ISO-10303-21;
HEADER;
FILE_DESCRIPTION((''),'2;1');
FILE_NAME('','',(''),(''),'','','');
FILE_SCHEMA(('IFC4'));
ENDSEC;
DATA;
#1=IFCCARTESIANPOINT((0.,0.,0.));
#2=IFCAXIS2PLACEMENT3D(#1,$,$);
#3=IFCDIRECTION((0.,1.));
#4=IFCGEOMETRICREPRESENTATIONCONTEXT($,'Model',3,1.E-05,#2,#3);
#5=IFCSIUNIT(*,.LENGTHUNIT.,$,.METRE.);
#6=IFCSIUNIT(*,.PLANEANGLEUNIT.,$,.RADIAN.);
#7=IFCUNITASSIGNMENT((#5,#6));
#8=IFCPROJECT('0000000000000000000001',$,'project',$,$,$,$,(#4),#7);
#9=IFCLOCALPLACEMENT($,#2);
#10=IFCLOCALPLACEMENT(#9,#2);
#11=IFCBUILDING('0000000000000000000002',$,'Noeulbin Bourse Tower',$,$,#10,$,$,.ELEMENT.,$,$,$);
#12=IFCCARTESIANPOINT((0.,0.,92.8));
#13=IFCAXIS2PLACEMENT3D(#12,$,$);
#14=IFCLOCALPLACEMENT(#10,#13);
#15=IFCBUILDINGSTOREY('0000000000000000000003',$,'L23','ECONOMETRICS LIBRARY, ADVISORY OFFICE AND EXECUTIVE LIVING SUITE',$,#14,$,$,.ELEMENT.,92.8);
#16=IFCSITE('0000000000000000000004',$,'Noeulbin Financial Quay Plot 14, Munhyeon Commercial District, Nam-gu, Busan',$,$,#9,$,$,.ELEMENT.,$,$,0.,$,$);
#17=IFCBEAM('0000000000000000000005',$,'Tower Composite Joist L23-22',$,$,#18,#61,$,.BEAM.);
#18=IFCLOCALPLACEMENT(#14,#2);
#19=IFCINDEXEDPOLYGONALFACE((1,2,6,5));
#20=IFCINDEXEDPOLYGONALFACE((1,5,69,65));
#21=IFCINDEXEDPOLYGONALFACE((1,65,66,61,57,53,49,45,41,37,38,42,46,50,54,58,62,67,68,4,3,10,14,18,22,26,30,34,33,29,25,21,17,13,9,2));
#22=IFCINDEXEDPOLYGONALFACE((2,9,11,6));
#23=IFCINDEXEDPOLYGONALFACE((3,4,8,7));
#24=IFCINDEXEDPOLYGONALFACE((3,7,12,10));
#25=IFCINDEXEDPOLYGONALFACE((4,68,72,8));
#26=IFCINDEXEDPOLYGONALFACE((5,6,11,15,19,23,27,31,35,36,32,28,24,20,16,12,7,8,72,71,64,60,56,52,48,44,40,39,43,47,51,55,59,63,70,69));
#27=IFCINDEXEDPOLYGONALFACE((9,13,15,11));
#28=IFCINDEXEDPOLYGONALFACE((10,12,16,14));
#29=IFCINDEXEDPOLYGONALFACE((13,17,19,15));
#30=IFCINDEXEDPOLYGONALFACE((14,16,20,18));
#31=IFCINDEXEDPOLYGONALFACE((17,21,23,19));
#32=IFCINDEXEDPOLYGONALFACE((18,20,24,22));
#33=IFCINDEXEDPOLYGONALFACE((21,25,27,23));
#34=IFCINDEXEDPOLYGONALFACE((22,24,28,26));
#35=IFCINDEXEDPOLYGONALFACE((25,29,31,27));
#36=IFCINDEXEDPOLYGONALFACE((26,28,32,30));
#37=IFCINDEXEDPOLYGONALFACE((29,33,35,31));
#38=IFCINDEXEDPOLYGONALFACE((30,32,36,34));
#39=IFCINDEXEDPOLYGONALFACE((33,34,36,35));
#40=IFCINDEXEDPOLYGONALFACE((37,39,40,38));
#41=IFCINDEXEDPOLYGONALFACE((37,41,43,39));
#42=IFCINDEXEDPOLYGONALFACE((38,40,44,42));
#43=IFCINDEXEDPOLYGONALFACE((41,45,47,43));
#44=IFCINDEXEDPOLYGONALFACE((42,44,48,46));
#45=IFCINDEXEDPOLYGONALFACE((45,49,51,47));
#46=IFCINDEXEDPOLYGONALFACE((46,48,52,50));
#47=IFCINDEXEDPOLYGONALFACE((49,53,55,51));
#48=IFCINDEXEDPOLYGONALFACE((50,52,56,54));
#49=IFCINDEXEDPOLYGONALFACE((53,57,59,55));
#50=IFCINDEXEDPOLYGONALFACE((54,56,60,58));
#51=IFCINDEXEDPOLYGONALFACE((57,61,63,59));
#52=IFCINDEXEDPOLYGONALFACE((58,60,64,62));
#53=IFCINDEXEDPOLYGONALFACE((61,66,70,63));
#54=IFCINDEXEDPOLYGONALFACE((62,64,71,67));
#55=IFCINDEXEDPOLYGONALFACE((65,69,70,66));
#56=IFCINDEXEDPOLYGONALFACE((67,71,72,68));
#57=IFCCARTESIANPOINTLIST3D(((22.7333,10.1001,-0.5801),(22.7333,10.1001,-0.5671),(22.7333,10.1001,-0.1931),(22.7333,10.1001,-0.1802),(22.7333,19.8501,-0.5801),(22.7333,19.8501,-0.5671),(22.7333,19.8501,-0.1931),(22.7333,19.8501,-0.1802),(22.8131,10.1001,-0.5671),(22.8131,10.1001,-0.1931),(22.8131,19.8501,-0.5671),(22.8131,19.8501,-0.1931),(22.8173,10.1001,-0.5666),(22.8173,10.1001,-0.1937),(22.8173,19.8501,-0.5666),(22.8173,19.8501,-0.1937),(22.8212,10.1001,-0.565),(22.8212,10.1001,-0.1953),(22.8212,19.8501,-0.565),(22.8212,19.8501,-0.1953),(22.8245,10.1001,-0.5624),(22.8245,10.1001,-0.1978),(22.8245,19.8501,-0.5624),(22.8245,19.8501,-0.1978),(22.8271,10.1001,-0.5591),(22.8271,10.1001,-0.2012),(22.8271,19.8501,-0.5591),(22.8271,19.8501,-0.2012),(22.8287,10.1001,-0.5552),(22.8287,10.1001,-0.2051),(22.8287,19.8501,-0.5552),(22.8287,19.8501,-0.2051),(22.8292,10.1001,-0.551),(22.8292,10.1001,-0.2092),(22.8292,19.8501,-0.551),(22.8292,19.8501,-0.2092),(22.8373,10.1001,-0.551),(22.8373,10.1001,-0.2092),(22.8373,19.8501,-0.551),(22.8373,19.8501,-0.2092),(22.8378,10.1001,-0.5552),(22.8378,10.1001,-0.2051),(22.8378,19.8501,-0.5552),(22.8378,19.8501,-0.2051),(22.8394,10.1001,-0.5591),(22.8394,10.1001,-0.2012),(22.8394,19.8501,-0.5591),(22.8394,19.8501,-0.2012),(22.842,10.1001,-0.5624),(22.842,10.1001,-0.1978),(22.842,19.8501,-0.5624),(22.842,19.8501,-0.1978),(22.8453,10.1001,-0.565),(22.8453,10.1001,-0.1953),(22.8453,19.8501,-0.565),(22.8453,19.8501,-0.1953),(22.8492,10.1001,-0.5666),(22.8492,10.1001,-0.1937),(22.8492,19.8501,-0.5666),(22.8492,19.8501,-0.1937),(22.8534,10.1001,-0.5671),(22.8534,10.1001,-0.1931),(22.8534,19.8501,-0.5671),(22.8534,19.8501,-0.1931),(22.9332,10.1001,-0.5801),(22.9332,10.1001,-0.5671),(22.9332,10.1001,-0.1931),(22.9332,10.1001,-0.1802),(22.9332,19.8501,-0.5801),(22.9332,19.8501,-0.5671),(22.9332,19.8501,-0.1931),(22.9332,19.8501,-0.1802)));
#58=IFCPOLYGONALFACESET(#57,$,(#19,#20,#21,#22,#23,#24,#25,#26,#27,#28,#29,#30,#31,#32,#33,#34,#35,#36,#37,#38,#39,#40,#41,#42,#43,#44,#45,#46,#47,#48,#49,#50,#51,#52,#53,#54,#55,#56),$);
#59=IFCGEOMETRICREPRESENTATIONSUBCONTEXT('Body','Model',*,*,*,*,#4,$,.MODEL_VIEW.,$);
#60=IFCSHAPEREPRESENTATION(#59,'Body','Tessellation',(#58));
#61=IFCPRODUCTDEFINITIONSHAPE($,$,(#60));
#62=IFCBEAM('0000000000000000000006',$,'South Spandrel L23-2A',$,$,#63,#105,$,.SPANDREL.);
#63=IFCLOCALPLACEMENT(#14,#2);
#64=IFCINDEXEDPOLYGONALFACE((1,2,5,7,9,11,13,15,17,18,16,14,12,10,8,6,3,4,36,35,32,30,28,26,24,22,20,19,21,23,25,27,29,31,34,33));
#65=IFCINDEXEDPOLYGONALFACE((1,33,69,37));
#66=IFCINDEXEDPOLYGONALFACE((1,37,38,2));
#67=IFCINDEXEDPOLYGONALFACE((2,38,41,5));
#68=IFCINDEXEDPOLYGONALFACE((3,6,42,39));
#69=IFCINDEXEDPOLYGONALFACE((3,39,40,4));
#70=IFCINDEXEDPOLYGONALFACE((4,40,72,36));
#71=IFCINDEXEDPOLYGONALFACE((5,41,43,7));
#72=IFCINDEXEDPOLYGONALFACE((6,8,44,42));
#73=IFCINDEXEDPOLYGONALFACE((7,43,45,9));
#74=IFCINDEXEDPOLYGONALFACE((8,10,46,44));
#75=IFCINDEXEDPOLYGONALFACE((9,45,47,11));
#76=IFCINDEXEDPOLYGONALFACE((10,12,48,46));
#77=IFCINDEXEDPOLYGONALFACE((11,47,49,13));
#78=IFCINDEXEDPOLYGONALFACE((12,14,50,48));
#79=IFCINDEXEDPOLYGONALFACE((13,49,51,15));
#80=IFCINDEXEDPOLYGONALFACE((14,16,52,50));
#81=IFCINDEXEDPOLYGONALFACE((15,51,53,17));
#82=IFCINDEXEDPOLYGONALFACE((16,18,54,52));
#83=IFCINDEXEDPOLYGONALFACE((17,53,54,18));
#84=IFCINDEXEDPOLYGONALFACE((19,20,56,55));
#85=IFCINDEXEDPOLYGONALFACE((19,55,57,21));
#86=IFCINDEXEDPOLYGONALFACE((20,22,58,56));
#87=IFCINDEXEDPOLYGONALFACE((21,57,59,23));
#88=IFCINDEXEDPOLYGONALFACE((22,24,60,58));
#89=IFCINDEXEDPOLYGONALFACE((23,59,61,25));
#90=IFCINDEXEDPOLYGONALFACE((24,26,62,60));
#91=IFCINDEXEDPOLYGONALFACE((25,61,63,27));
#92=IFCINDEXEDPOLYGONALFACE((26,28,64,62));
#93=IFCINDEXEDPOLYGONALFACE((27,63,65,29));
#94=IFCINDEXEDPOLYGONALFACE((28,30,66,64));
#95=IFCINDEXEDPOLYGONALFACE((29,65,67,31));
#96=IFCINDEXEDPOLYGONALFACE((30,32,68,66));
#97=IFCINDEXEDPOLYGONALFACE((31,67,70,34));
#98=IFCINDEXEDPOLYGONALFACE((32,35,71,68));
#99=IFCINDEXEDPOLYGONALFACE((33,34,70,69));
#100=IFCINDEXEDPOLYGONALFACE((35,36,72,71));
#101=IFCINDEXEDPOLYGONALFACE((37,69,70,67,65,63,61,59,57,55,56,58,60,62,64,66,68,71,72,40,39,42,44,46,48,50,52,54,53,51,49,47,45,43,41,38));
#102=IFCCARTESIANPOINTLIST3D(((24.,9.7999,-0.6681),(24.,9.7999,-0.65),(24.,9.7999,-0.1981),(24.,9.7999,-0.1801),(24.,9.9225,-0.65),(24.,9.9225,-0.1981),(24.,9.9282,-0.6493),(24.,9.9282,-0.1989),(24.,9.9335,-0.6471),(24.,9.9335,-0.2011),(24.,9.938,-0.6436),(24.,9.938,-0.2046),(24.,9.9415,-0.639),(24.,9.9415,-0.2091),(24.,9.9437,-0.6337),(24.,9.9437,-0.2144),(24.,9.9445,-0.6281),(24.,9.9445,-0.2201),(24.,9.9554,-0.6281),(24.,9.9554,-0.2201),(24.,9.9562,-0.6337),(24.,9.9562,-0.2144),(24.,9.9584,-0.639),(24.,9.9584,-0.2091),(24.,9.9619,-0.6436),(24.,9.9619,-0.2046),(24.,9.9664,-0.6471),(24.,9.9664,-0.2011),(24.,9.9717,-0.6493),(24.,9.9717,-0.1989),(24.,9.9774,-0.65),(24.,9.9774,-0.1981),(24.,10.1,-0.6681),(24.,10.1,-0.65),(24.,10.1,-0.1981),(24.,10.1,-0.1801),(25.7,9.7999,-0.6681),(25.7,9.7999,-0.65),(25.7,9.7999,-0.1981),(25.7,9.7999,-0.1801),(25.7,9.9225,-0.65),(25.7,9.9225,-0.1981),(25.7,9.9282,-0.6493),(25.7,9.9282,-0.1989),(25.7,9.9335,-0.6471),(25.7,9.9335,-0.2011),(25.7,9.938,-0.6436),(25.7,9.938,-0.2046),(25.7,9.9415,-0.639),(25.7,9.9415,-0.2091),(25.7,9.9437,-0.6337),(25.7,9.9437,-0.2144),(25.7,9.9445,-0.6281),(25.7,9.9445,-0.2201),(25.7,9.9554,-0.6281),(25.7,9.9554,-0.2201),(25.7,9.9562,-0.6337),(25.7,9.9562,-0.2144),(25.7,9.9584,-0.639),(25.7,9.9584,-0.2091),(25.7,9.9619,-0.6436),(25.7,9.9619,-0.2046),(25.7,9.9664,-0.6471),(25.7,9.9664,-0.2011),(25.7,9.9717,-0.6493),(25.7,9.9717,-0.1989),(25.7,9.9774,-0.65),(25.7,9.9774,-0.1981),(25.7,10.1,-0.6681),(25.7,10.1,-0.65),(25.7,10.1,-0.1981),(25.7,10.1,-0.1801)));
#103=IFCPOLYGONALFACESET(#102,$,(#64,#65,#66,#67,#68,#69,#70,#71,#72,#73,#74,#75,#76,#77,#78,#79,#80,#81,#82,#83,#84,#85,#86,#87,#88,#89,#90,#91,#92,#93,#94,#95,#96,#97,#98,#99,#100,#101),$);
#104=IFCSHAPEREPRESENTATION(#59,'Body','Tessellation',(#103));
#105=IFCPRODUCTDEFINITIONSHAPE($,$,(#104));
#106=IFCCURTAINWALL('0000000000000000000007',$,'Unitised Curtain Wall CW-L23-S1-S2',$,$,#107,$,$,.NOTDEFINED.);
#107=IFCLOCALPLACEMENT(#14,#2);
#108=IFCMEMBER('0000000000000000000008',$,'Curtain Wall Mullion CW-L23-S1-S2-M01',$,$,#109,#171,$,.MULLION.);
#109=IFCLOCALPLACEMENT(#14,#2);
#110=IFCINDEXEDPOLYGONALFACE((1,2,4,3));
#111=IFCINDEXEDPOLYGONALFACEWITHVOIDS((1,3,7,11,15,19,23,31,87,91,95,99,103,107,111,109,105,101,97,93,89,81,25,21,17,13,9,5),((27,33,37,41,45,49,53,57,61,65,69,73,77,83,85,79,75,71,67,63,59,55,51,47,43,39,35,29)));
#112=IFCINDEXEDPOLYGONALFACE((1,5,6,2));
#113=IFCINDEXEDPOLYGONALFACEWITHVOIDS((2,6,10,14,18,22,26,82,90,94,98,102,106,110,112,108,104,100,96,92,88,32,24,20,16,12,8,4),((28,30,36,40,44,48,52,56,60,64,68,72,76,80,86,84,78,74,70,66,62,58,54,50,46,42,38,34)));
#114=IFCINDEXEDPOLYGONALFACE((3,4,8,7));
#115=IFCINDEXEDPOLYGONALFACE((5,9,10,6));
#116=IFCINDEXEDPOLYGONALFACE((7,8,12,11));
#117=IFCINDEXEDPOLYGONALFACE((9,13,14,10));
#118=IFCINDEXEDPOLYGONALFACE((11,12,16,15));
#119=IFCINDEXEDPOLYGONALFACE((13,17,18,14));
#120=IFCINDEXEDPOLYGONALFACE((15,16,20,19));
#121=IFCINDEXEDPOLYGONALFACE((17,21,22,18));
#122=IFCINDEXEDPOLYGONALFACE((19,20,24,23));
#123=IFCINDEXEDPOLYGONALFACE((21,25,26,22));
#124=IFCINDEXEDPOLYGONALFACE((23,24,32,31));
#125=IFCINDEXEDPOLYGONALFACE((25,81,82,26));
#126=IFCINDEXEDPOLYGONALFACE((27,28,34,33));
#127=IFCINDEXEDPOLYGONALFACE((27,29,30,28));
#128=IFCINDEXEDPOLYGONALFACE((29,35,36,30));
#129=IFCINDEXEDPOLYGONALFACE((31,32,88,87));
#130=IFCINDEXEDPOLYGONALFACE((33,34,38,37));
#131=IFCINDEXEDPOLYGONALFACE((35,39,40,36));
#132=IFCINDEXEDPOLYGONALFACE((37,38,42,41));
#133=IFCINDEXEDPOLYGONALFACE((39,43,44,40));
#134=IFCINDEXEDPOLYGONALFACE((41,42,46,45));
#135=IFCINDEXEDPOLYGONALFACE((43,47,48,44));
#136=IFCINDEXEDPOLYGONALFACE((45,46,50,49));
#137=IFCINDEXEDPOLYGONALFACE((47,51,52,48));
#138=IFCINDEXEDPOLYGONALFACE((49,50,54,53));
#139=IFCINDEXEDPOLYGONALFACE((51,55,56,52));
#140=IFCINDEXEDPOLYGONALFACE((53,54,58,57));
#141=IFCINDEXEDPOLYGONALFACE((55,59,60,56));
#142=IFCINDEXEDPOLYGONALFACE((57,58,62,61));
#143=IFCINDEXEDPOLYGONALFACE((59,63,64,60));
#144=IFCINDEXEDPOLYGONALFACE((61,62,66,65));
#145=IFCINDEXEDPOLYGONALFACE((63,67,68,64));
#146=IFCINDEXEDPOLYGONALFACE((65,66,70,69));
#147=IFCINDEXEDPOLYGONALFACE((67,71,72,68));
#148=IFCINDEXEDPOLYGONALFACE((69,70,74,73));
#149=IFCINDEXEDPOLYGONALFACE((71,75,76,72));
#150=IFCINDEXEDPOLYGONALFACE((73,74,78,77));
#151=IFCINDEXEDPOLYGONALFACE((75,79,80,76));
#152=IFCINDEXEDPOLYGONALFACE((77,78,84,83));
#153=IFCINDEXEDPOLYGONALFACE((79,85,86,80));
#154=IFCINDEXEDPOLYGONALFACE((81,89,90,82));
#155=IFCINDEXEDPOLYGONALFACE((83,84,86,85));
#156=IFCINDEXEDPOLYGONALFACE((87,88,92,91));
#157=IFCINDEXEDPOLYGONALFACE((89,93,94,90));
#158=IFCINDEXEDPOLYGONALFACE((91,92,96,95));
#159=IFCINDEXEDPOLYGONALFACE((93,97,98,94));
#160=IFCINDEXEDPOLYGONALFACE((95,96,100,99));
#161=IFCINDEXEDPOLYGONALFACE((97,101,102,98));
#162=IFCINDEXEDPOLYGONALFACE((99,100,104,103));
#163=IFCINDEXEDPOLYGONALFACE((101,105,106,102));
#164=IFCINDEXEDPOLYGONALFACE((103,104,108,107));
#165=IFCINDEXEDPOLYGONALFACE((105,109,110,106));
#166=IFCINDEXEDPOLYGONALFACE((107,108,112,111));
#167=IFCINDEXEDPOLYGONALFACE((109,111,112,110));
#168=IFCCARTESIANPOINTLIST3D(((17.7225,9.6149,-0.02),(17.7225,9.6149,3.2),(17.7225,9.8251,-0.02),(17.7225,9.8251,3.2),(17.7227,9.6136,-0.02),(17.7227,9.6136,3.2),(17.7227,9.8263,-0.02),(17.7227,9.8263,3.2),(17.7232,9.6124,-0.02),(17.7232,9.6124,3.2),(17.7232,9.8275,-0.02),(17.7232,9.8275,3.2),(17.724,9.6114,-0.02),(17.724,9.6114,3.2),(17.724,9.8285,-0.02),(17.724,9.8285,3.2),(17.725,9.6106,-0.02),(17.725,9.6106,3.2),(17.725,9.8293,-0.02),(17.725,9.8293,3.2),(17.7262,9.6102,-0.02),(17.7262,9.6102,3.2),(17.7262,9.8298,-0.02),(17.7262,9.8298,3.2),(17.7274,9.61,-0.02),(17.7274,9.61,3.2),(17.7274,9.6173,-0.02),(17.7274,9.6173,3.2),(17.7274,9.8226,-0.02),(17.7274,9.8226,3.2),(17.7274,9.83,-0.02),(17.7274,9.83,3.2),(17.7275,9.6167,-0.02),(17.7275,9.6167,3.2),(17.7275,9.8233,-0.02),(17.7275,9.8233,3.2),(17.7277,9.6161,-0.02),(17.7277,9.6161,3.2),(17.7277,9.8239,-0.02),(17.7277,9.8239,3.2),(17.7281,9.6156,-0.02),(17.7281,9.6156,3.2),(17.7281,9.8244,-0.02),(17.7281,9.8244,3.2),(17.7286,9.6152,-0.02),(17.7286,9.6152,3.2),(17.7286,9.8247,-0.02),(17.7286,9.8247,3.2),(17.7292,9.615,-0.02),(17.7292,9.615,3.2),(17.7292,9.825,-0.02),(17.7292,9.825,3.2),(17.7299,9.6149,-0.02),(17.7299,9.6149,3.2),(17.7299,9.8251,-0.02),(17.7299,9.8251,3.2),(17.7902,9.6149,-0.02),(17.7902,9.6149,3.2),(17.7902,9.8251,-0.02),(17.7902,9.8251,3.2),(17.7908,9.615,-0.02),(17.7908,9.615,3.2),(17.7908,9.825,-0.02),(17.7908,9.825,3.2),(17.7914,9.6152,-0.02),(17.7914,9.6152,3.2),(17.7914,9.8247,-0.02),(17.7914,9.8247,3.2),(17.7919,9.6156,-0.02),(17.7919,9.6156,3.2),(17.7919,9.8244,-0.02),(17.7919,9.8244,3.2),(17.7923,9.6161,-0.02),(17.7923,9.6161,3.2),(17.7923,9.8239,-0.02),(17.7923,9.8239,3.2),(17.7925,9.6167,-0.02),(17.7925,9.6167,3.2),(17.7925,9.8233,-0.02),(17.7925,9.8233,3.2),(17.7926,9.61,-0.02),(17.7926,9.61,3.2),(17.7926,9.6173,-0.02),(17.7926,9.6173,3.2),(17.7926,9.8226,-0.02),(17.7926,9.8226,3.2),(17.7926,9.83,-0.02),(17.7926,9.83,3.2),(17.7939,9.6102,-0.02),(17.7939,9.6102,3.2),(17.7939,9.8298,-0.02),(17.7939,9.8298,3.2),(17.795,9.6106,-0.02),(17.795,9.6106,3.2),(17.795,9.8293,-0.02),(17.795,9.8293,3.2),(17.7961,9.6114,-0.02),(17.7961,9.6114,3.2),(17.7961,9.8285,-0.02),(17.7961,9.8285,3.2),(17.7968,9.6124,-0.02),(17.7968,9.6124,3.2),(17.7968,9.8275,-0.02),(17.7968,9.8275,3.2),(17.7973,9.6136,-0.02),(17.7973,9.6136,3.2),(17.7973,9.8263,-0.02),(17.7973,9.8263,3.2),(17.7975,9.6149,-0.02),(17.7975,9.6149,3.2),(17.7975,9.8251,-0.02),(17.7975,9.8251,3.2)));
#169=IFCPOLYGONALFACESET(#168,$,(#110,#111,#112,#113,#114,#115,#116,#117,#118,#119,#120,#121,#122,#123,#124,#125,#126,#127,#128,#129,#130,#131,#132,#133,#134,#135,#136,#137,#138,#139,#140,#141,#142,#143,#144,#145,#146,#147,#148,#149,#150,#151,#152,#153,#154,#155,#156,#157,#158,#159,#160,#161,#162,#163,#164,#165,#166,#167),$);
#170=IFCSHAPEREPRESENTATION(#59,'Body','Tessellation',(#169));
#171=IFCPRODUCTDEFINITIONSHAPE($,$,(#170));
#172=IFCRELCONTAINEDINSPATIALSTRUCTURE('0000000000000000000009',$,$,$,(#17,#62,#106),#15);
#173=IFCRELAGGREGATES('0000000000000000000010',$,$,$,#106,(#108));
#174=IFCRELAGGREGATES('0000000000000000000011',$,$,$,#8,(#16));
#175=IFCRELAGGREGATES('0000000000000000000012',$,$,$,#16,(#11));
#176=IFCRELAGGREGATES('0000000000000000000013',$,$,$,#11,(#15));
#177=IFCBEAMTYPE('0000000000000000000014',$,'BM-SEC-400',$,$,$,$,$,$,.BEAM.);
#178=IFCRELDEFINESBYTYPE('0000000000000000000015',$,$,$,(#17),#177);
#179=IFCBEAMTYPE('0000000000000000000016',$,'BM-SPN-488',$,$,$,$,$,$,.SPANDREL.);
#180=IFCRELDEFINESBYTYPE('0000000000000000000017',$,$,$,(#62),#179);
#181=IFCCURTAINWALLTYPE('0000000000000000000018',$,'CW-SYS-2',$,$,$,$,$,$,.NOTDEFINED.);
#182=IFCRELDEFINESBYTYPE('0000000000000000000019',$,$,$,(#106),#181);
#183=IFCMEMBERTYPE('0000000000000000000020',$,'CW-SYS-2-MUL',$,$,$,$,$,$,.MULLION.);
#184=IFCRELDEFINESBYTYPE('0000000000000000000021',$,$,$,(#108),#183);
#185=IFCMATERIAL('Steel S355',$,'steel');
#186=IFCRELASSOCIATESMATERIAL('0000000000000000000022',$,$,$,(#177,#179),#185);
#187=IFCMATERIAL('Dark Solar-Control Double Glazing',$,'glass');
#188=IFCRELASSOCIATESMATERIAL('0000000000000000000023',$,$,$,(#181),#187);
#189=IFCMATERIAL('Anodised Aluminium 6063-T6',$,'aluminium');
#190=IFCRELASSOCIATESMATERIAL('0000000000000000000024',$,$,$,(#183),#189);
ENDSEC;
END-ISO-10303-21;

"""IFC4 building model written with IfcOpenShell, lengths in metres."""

from ifc_helpers import new_model, si_unit, direction, frame, origin, origin_2d, place, context, subcontext, project, spatial, hollow_rectangle, i_section, extrude, material, material_profile, profile_set, type_object, element, aggregate, save


model = new_model("IFC4")

# Units and contexts
model_context = context("Model", 3, precision=1e-05, world=origin(), true_north=direction((0.0, 1.0)))
body_context = subcontext(model_context, "Body", "Model", "MODEL_VIEW")
ifc_project = project(units=[si_unit("LENGTHUNIT", "METRE"), si_unit("PLANEANGLEUNIT", "RADIAN")], contexts=[model_context])

# Site, building, storey
site_placement = place(None, origin())
site = spatial("IfcSite", under=ifc_project, at=site_placement, Name="Noeulbin Financial Quay Plot 14, Munhyeon Commercial District, Nam-gu, Busan", CompositionType="ELEMENT", RefElevation=0.0)
building_placement = place(site_placement, origin())
building = spatial("IfcBuilding", under=site, at=building_placement, Name="Noeulbin Bourse Tower", CompositionType="ELEMENT")
storey_placement = place(building_placement, frame((0.0, 0.0, 92.8)))
storey = spatial("IfcBuildingStorey", under=building, at=storey_placement, Name="L23", Description="ECONOMETRICS LIBRARY, ADVISORY OFFICE AND EXECUTIVE LIVING SUITE", CompositionType="ELEMENT", Elevation=92.8)

# Beams
ifc_material_1 = material(Name="Steel S355", Category="steel")
ifc_material_profile_1 = material_profile(ifc_material_1, i_section(OverallWidth=0.2, OverallDepth=0.3999, WebThickness=0.0081, FlangeThickness=0.0129, FilletRadius=0.0161, at=origin_2d()), Name="H-400x200x8x13", Category="LoadBearing")
ifc_profile_set_1 = profile_set([ifc_material_profile_1], Name="Steel S355")
beam_type_1 = type_object("IfcBeamType", Name="BM-SEC-400", PredefinedType="BEAM", material=ifc_profile_set_1)
for number, where, z_axis, x_axis, name in (
    (1, (22.8333, 10.1001, -0.3801), (0.0, 1.0, 0.0), (-1.0, 0.0, 0.0), "Tower Composite Joist L23-22"),
):
    element("IfcBeam", number, at=place(storey_placement, frame(where, z_axis=z_axis, x_axis=x_axis)), inside=storey, type_object=beam_type_1, Name=name, PredefinedType="BEAM", context=body_context, shape_type="SweptSolid", body=[
        extrude(i_section(OverallWidth=0.2, OverallDepth=0.3999, WebThickness=0.0081, FlangeThickness=0.0129, FilletRadius=0.0161, at=origin_2d()), origin(), (0.0, 0.0, 1.0), 9.75),
    ])
ifc_material_profile_2 = material_profile(ifc_material_1, i_section(OverallWidth=0.3, OverallDepth=0.488, WebThickness=0.011, FlangeThickness=0.0181, FilletRadius=0.022, at=origin_2d()), Name="H-488x300x11x18", Category="LoadBearing")
ifc_profile_set_2 = profile_set([ifc_material_profile_2], Name="Steel S355")
beam_type_2 = type_object("IfcBeamType", Name="BM-SPN-488", PredefinedType="SPANDREL", material=ifc_profile_set_2)
beam_1_placement = place(storey_placement, frame((24.0, 9.95, -0.4241), z_axis=(1.0, 0.0, 0.0), x_axis=(0.0, 1.0, 0.0)))
element("IfcBeam", 2, at=beam_1_placement, inside=storey, type_object=beam_type_2, Name="South Spandrel L23-2A", PredefinedType="SPANDREL", context=body_context, shape_type="SweptSolid", body=[
    extrude(i_section(OverallWidth=0.3, OverallDepth=0.488, WebThickness=0.011, FlangeThickness=0.0181, FilletRadius=0.022, at=origin_2d()), origin(), (0.0, 0.0, 1.0), 1.7),
])

# Curtain wall, member
ifc_material_2 = material(Name="Dark Solar-Control Double Glazing", Category="glass")
curtain_wall_type = type_object("IfcCurtainWallType", Name="CW-SYS-2", PredefinedType="NOTDEFINED", material=ifc_material_2)
curtain_wall_1_placement = place(storey_placement, origin())
curtain_wall_1 = element("IfcCurtainWall", 3, at=curtain_wall_1_placement, inside=storey, type_object=curtain_wall_type, Name="Unitised Curtain Wall CW-L23-S1-S2", PredefinedType="NOTDEFINED")
ifc_material_3 = material(Name="Anodised Aluminium 6063-T6", Category="aluminium")
ifc_material_profile_3 = material_profile(ifc_material_3, hollow_rectangle(XDim=0.075, YDim=0.22, WallThickness=0.0049, InnerFilletRadius=0.0024, OuterFilletRadius=0.0049, at=origin_2d()), Name="ALU-MULL-75x220x5", Category="LoadBearing")
ifc_profile_set_3 = profile_set([ifc_material_profile_3], Name="Anodised Aluminium 6063-T6")
member_type_1 = type_object("IfcMemberType", Name="CW-SYS-2-MUL", PredefinedType="MULLION", material=ifc_profile_set_3)
member_1_placement = place(storey_placement, frame((17.76, 9.72, -0.02), z_axis=(0.0, 0.0, 1.0), x_axis=(1.0, 0.0, 0.0)))
member_1 = element("IfcMember", 4, at=member_1_placement, type_object=member_type_1, Name="Curtain Wall Mullion CW-L23-S1-S2-M01", PredefinedType="MULLION", context=body_context, shape_type="SweptSolid", body=[
    extrude(hollow_rectangle(XDim=0.075, YDim=0.22, WallThickness=0.0049, InnerFilletRadius=0.0024, OuterFilletRadius=0.0049, at=origin_2d()), origin(), (0.0, 0.0, 1.0), 3.22),
])
aggregate(curtain_wall_1, [member_1])

save(model, "model.ifc")
